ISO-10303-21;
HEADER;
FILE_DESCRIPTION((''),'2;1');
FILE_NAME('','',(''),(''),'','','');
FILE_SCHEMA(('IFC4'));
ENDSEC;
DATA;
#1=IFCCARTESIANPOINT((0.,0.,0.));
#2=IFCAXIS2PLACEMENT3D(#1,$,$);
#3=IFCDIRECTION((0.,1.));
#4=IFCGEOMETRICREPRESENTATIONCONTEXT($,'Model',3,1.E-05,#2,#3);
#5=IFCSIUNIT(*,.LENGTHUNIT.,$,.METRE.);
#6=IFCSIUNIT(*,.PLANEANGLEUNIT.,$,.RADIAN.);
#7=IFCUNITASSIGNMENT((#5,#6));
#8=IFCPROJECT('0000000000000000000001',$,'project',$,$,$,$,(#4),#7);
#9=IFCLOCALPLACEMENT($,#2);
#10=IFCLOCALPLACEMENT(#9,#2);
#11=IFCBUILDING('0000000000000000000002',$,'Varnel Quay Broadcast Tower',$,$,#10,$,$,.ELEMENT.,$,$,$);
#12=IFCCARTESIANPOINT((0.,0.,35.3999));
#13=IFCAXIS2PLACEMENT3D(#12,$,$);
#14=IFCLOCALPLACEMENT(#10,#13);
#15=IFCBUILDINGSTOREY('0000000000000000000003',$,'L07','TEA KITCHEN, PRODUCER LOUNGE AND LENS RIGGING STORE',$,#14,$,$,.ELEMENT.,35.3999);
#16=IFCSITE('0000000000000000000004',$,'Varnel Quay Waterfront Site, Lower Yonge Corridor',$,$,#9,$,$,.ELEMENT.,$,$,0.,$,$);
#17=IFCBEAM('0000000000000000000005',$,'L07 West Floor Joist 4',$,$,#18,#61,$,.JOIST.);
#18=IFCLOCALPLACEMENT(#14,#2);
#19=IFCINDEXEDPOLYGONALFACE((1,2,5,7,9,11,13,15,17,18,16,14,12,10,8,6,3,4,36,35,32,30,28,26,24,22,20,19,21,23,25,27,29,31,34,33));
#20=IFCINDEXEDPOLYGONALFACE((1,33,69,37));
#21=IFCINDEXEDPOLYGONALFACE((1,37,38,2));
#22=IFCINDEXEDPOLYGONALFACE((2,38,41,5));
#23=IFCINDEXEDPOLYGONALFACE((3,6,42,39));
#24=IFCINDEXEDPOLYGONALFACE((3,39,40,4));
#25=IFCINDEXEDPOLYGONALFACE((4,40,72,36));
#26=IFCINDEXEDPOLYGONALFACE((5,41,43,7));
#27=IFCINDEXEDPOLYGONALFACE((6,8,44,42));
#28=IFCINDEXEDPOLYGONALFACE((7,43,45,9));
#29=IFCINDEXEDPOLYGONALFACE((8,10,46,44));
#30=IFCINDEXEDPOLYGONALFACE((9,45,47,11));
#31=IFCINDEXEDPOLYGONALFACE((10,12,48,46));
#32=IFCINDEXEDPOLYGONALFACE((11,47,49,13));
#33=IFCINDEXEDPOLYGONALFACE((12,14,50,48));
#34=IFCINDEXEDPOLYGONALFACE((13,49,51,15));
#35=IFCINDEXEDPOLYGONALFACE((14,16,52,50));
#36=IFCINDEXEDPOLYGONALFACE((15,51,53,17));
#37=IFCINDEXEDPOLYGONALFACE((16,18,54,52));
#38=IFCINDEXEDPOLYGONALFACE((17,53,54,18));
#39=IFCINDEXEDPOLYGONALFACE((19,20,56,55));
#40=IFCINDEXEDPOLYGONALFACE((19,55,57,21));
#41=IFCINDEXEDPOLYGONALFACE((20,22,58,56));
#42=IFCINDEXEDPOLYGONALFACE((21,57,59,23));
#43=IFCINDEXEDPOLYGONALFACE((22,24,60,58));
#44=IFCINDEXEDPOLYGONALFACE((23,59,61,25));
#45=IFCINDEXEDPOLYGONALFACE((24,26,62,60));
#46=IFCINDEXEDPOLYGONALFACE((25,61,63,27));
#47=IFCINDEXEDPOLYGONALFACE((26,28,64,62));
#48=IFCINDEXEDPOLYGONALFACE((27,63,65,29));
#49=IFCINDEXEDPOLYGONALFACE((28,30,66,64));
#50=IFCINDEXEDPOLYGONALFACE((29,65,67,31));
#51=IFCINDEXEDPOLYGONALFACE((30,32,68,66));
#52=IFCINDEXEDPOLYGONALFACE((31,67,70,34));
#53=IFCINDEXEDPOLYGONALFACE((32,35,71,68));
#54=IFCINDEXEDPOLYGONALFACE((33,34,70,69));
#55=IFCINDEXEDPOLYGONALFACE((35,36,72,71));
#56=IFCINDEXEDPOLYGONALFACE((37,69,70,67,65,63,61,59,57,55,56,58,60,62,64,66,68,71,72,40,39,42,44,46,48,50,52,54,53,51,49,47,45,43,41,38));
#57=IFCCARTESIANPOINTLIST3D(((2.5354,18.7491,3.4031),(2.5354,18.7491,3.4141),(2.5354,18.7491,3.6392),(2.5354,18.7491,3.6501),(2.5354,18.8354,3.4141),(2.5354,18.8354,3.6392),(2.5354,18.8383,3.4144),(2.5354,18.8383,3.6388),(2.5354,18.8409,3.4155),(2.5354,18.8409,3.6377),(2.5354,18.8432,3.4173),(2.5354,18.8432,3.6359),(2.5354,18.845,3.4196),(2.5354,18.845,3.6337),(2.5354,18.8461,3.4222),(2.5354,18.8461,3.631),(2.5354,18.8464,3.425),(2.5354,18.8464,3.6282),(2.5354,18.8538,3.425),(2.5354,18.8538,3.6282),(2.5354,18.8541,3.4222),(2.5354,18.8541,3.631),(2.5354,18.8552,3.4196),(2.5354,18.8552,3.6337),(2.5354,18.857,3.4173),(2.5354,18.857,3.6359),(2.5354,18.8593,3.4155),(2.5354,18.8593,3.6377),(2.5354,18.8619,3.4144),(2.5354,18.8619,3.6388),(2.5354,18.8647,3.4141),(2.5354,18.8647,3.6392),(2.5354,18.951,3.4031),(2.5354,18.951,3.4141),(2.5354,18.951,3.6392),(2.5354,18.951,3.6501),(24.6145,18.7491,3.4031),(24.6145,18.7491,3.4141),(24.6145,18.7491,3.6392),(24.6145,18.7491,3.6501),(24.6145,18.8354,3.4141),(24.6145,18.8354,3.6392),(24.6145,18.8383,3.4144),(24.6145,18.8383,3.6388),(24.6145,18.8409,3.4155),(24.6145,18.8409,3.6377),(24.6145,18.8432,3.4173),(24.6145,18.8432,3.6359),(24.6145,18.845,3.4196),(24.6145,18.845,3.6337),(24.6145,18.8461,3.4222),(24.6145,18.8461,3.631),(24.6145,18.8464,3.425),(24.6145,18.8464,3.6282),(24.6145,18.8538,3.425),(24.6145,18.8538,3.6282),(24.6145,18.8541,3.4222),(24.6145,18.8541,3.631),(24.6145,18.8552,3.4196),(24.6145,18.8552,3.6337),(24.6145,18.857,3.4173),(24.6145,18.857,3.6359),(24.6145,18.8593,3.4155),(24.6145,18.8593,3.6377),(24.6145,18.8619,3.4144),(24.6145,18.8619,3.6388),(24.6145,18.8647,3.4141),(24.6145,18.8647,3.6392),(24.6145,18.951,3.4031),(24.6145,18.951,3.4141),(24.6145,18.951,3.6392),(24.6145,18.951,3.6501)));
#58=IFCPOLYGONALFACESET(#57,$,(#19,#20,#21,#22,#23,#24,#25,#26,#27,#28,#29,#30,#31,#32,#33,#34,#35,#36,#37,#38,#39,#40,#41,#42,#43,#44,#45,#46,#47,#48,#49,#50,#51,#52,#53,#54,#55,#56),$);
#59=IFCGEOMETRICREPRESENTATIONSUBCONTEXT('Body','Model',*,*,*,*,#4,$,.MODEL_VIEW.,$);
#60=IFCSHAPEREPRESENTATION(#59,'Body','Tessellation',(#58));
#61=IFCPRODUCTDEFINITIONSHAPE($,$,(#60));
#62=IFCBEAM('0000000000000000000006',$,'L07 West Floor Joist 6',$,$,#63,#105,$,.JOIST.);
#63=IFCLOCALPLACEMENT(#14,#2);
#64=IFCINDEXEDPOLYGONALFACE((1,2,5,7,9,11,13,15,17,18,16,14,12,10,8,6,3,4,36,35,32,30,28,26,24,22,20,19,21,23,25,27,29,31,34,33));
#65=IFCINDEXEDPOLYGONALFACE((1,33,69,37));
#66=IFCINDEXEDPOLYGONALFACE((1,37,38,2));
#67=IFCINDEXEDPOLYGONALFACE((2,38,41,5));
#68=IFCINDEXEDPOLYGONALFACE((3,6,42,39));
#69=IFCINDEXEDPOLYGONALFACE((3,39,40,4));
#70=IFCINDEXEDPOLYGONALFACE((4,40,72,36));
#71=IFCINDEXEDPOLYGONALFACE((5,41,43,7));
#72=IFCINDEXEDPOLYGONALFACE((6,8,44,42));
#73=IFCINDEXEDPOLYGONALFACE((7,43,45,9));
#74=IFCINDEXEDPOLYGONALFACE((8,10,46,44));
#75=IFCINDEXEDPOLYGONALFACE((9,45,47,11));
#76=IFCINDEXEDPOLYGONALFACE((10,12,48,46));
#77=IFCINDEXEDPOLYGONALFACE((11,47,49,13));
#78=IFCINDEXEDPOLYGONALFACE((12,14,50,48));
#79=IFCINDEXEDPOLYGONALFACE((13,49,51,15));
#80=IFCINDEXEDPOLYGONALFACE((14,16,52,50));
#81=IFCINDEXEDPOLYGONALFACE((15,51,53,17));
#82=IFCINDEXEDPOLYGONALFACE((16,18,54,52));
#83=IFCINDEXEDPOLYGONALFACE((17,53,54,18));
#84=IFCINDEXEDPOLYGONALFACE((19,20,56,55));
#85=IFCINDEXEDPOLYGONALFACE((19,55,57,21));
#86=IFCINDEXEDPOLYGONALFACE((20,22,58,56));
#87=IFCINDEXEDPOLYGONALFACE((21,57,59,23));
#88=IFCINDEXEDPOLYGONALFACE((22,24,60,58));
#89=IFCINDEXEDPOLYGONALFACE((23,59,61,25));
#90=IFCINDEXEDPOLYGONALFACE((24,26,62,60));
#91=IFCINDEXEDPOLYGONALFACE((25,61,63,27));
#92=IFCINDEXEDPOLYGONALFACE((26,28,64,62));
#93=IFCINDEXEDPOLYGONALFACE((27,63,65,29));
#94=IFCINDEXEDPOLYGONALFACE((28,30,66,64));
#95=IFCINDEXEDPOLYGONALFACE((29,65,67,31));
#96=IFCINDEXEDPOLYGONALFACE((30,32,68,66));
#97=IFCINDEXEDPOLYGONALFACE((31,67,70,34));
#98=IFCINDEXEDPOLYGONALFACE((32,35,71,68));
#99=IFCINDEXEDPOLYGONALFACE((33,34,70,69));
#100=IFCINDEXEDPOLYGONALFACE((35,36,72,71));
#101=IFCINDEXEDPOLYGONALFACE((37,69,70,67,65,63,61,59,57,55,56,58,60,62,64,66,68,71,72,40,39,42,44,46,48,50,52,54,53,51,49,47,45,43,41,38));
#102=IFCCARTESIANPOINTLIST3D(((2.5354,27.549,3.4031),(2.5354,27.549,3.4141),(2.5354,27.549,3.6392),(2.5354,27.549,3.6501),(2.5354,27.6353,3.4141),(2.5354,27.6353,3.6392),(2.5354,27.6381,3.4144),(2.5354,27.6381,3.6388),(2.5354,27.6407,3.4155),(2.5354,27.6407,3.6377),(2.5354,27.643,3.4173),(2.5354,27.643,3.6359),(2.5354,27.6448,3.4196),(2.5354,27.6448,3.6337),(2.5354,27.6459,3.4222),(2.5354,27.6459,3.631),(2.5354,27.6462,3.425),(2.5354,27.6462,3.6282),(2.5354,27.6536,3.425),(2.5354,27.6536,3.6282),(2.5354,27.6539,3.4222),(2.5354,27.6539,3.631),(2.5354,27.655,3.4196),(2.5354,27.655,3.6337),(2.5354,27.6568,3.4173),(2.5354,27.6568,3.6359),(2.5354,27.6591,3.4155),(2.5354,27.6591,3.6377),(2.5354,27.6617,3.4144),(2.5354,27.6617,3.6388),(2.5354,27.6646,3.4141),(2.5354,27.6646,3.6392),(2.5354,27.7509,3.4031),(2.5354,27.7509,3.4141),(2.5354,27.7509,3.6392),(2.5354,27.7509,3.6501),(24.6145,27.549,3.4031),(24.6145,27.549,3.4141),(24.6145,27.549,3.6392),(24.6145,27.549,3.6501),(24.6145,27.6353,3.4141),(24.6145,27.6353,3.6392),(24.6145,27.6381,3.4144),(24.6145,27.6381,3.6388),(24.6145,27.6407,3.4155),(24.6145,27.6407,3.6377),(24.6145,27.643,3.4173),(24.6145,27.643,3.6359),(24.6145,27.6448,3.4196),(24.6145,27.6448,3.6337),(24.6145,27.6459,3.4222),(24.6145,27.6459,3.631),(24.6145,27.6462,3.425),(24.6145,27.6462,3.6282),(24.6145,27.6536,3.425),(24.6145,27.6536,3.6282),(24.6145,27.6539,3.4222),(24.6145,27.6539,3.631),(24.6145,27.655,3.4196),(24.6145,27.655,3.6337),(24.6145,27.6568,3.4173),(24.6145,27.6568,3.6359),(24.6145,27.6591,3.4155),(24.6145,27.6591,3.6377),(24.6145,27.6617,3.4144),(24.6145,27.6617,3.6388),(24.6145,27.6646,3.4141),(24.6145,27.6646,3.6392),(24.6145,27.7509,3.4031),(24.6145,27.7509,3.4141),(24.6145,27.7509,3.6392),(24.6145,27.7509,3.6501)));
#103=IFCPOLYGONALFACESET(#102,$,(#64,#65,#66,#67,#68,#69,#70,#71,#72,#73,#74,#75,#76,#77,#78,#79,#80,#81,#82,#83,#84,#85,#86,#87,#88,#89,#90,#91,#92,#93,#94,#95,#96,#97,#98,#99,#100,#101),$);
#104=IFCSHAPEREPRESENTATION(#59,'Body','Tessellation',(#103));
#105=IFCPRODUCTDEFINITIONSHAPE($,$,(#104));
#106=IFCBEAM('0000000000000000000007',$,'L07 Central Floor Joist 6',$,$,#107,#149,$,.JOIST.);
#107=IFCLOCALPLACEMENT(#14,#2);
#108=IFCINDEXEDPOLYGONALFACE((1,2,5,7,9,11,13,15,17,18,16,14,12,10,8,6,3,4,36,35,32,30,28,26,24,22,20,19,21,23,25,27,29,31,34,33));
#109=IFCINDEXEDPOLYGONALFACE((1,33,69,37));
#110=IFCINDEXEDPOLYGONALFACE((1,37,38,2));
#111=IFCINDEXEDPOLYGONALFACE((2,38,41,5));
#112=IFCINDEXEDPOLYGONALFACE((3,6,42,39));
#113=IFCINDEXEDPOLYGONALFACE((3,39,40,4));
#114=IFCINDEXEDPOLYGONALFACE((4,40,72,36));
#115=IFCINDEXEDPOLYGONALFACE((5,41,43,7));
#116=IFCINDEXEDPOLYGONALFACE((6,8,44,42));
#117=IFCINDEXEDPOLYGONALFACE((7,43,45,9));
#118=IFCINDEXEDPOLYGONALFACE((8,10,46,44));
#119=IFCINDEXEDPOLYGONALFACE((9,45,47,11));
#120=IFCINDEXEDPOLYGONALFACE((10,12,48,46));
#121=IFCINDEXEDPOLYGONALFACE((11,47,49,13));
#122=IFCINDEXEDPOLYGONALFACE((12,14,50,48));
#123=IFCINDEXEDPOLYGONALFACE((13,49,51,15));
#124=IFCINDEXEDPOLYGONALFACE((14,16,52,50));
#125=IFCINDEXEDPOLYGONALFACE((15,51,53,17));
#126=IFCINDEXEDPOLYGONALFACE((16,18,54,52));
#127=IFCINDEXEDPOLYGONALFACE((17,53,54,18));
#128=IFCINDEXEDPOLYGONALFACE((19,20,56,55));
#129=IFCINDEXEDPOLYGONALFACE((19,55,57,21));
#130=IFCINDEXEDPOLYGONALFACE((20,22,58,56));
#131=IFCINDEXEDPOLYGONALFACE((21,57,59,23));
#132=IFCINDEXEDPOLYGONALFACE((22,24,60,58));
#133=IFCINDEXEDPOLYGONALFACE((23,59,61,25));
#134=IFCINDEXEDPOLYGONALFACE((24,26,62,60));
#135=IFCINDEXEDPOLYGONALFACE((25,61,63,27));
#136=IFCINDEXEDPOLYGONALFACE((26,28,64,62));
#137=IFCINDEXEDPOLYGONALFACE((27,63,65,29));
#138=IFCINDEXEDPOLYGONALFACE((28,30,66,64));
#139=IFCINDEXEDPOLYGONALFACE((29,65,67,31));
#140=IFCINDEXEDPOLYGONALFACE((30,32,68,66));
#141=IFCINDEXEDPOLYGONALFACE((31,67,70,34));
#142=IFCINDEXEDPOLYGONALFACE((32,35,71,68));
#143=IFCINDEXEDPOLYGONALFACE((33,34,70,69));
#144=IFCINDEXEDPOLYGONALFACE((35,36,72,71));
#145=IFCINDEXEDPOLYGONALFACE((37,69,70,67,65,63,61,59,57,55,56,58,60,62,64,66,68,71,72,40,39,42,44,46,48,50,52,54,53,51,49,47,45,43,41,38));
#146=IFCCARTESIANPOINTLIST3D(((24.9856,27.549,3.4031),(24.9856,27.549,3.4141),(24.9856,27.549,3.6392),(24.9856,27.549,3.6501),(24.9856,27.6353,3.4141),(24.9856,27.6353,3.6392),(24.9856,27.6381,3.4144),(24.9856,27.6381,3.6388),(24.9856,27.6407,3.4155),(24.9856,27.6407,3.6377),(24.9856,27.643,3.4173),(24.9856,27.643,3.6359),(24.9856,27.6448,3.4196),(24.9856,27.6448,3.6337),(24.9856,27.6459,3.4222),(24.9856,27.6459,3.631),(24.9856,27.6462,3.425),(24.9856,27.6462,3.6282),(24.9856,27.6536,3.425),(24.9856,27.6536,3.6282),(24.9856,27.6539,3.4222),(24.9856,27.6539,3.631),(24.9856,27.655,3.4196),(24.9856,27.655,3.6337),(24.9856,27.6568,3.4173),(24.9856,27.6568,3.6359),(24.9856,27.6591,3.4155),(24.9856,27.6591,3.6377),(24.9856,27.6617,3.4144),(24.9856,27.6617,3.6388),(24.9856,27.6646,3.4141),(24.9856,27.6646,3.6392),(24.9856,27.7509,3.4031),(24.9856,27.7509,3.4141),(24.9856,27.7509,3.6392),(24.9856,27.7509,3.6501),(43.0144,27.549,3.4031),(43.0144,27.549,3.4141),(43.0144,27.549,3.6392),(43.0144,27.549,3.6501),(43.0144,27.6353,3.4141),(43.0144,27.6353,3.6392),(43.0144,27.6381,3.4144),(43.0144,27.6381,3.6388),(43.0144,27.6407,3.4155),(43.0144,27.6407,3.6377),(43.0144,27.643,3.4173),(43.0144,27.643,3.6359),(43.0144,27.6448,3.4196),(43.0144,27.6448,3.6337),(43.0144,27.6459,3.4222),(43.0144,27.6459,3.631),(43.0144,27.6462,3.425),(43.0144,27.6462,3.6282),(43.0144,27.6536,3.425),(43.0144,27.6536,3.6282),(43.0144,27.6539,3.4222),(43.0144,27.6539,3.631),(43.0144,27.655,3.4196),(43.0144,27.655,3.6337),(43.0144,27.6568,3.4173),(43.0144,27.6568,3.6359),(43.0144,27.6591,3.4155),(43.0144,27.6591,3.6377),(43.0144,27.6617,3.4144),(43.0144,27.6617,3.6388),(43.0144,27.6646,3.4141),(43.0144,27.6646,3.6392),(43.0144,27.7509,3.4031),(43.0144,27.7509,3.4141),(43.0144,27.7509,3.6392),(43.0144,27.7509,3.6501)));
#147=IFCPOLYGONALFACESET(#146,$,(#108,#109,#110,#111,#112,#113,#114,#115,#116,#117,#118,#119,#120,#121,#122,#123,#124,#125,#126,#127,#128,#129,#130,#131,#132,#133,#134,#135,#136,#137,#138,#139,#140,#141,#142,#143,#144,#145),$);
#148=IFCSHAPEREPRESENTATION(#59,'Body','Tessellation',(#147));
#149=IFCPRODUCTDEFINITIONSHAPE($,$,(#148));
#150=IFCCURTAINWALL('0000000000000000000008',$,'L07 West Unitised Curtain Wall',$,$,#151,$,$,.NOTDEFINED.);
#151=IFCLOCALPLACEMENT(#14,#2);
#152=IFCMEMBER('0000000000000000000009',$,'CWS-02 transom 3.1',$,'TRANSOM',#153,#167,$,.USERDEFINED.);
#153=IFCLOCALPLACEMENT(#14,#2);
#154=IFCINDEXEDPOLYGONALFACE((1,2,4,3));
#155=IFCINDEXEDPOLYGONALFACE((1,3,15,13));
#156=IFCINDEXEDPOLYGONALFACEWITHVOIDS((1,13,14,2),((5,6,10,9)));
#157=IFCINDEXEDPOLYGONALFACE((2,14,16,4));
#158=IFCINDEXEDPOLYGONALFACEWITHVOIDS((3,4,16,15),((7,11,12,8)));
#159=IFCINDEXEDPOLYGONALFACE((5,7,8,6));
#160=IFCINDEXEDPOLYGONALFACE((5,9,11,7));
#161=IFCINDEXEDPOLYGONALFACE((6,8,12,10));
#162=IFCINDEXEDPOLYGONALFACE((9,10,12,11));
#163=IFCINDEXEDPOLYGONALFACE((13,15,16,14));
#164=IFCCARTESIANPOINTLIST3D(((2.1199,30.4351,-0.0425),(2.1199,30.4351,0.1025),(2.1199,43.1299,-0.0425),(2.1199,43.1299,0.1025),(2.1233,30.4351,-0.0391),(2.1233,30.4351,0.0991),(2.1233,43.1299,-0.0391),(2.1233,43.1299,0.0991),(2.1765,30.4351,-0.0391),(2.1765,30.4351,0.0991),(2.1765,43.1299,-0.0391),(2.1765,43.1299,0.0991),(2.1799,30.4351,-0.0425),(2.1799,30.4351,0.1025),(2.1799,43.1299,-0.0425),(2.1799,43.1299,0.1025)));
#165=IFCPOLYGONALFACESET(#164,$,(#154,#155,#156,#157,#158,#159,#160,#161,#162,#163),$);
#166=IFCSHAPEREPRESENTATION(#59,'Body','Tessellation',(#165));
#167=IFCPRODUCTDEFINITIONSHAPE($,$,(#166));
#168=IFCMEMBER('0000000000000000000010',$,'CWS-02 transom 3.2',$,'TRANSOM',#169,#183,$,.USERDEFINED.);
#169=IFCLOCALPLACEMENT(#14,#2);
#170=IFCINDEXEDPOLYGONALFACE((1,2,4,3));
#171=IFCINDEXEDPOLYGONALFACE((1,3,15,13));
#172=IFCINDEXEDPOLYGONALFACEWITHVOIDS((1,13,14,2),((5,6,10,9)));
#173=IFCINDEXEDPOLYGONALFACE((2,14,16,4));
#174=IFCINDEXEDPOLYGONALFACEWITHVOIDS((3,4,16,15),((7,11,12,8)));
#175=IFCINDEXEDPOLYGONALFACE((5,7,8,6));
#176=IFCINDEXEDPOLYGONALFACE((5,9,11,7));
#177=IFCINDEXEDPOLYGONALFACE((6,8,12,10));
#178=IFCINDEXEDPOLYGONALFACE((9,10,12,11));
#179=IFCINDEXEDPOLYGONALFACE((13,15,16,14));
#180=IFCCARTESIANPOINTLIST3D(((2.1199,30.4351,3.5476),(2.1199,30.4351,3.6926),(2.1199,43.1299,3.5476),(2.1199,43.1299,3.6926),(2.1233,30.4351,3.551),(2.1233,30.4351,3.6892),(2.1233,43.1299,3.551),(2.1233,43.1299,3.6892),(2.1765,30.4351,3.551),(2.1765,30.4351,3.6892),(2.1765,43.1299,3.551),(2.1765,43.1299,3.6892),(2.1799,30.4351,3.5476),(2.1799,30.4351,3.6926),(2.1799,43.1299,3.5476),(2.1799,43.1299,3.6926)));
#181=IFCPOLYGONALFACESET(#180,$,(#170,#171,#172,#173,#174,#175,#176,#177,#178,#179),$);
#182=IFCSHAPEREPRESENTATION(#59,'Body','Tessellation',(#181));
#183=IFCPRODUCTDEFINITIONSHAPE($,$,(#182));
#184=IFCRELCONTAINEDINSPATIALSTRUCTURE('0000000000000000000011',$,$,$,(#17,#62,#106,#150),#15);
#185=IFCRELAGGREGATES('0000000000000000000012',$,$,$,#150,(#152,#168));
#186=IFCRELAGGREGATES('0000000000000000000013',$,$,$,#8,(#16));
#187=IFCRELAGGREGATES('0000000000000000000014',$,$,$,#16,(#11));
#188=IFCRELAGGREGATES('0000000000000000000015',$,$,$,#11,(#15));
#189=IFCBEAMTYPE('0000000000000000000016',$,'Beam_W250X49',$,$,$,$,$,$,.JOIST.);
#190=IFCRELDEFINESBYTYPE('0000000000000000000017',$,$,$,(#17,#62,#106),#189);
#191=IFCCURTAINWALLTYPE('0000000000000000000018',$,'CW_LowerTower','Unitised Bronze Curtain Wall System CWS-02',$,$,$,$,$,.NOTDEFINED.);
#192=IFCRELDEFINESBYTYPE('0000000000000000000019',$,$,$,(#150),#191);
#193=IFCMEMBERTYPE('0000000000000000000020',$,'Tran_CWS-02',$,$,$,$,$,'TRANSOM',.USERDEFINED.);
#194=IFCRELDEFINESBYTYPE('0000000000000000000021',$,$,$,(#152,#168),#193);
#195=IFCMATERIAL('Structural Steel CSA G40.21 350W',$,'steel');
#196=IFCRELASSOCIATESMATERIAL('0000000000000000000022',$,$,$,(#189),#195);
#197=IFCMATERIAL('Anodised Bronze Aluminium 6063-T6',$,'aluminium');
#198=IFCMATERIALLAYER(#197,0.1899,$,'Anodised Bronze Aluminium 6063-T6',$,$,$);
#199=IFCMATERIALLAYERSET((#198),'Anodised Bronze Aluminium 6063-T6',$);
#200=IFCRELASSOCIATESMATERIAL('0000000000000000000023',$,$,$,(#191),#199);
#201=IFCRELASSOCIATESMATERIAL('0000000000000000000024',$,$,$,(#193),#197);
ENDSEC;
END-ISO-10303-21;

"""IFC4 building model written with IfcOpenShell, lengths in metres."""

from ifc_helpers import new_model, si_unit, direction, frame, origin, origin_2d, place, context, subcontext, project, spatial, hollow_rectangle, i_section, extrude, source, transform, mapped, material, layer, layer_set, material_profile, profile_set, type_object, type_shapes, element, aggregate, save


model = new_model("IFC4")

# Units and contexts
model_context = context("Model", 3, precision=1e-05, world=origin(), true_north=direction((0.0, 1.0)))
body_context = subcontext(model_context, "Body", "Model", "MODEL_VIEW")
ifc_project = project(units=[si_unit("LENGTHUNIT", "METRE"), si_unit("PLANEANGLEUNIT", "RADIAN")], contexts=[model_context])

# Site, building, storey
site_placement = place(None, origin())
site = spatial("IfcSite", under=ifc_project, at=site_placement, Name="Varnel Quay Waterfront Site, Lower Yonge Corridor", CompositionType="ELEMENT", RefElevation=0.0)
building_placement = place(site_placement, origin())
building = spatial("IfcBuilding", under=site, at=building_placement, Name="Varnel Quay Broadcast Tower", CompositionType="ELEMENT")
storey_placement = place(building_placement, frame((0.0, 0.0, 35.3999)))
storey = spatial("IfcBuildingStorey", under=building, at=storey_placement, Name="L07", Description="TEA KITCHEN, PRODUCER LOUNGE AND LENS RIGGING STORE", CompositionType="ELEMENT", Elevation=35.3999)

# Shared definitions
ifc_material_1 = material(Name="Structural Steel CSA G40.21 350W", Category="steel")

# Beams
ifc_material_profile_1 = material_profile(ifc_material_1, i_section(OverallWidth=0.2019, OverallDepth=0.2471, WebThickness=0.0073, FlangeThickness=0.011, FilletRadius=0.011, at=origin_2d()), Name="W250X49")
ifc_profile_set_1 = profile_set([ifc_material_profile_1], Name="Structural Steel CSA G40.21 350W")
beam_type_1 = type_object("IfcBeamType", Name="Beam_W250X49", PredefinedType="JOIST", material=ifc_profile_set_1)
shared_shape_1 = source(origin(), body_context, "Body", "SweptSolid", [
    extrude(i_section(OverallWidth=0.2019, OverallDepth=0.2471, WebThickness=0.0073, FlangeThickness=0.011, FilletRadius=0.011, at=origin_2d()), origin(), (0.0, 0.0, 1.0), 22.0791),
])
for number, where, z_axis, x_axis, name in (
    (1, (2.5354, 18.8501, 3.5266), (1.0, 0.0, 0.0), (0.0, 1.0, 0.0), "L07 West Floor Joist 4"),
    (2, (2.5354, 27.6499, 3.5266), (1.0, 0.0, 0.0), (0.0, 1.0, 0.0), "L07 West Floor Joist 6"),
):
    element("IfcBeam", number, at=place(storey_placement, frame(where, z_axis=z_axis, x_axis=x_axis)), inside=storey, type_object=beam_type_1, Name=name, PredefinedType="JOIST", context=body_context, shape_type="MappedRepresentation", body=[
        mapped(shared_shape_1, transform((0.0, 0.0, 0.0), x_axis=(1.0, 0.0, 0.0), y_axis=(0.0, 1.0, 0.0), z_axis=(0.0, 0.0, 1.0), scale=1.0)),
    ])
shared_shape_2 = source(origin(), body_context, "Body", "SweptSolid", [
    extrude(i_section(OverallWidth=0.2019, OverallDepth=0.2471, WebThickness=0.0073, FlangeThickness=0.011, FilletRadius=0.011, at=origin_2d()), origin(), (0.0, 0.0, 1.0), 18.0288),
])
type_shapes(beam_type_1, [shared_shape_1, shared_shape_2])
beam_1_placement = place(storey_placement, frame((24.9856, 27.6499, 3.5266), z_axis=(1.0, 0.0, 0.0), x_axis=(0.0, 1.0, 0.0)))
element("IfcBeam", 3, at=beam_1_placement, inside=storey, type_object=beam_type_1, Name="L07 Central Floor Joist 6", PredefinedType="JOIST", context=body_context, shape_type="MappedRepresentation", body=[
    mapped(shared_shape_2, transform((0.0, 0.0, 0.0), x_axis=(1.0, 0.0, 0.0), y_axis=(0.0, 1.0, 0.0), z_axis=(0.0, 0.0, 1.0), scale=1.0)),
])

# Curtain wall, members
ifc_material_2 = material(Name="Anodised Bronze Aluminium 6063-T6", Category="aluminium")
ifc_layer_1 = layer(ifc_material_2, 0.1899, Name="Anodised Bronze Aluminium 6063-T6")
ifc_layer_set_1 = layer_set([ifc_layer_1], Name="Anodised Bronze Aluminium 6063-T6")
curtain_wall_type = type_object("IfcCurtainWallType", Name="CW_LowerTower", Description="Unitised Bronze Curtain Wall System CWS-02", PredefinedType="NOTDEFINED", material=ifc_layer_set_1)
curtain_wall_placement = place(storey_placement, origin())
curtain_wall = element("IfcCurtainWall", 4, at=curtain_wall_placement, inside=storey, type_object=curtain_wall_type, Name="L07 West Unitised Curtain Wall", PredefinedType="NOTDEFINED")
ifc_material_profile_2 = material_profile(ifc_material_2, hollow_rectangle(XDim=0.0601, YDim=0.145, WallThickness=0.0034, at=origin_2d()), Name="ALU60X145X3.5")
ifc_profile_set_2 = profile_set([ifc_material_profile_2], Name="Anodised Bronze Aluminium 6063-T6")
member_type_1 = type_object("IfcMemberType", Name="Tran_CWS-02", ElementType="TRANSOM", PredefinedType="USERDEFINED", material=ifc_profile_set_2)
shared_shape_3 = source(origin(), body_context, "Body", "SweptSolid", [
    extrude(hollow_rectangle(XDim=0.0601, YDim=0.145, WallThickness=0.0034, at=origin_2d()), origin(), (0.0, 0.0, 1.0), 12.6948),
])
member_1_placement = place(storey_placement, frame((2.1499, 30.4351, 0.03), z_axis=(0.0, 1.0, 0.0), x_axis=(-1.0, 0.0, 0.0)))
member_1 = element("IfcMember", 5, at=member_1_placement, type_object=member_type_1, Name="CWS-02 transom 3.1", ObjectType="TRANSOM", PredefinedType="USERDEFINED", context=body_context, shape_type="MappedRepresentation", body=[
    mapped(shared_shape_3, transform((0.0, 0.0, 0.0), x_axis=(1.0, 0.0, 0.0), y_axis=(0.0, 1.0, 0.0), z_axis=(0.0, 0.0, 1.0), scale=1.0)),
])
member_2_placement = place(storey_placement, frame((2.1499, 30.4351, 3.6201), z_axis=(0.0, 1.0, 0.0), x_axis=(-1.0, 0.0, 0.0)))
member_2 = element("IfcMember", 6, at=member_2_placement, type_object=member_type_1, Name="CWS-02 transom 3.2", ObjectType="TRANSOM", PredefinedType="USERDEFINED", context=body_context, shape_type="MappedRepresentation", body=[
    mapped(shared_shape_3, transform((0.0, 0.0, 0.0), x_axis=(1.0, 0.0, 0.0), y_axis=(0.0, 1.0, 0.0), z_axis=(0.0, 0.0, 1.0), scale=1.0)),
])

aggregate(curtain_wall, [member_1, member_2])

save(model, "model.ifc")
